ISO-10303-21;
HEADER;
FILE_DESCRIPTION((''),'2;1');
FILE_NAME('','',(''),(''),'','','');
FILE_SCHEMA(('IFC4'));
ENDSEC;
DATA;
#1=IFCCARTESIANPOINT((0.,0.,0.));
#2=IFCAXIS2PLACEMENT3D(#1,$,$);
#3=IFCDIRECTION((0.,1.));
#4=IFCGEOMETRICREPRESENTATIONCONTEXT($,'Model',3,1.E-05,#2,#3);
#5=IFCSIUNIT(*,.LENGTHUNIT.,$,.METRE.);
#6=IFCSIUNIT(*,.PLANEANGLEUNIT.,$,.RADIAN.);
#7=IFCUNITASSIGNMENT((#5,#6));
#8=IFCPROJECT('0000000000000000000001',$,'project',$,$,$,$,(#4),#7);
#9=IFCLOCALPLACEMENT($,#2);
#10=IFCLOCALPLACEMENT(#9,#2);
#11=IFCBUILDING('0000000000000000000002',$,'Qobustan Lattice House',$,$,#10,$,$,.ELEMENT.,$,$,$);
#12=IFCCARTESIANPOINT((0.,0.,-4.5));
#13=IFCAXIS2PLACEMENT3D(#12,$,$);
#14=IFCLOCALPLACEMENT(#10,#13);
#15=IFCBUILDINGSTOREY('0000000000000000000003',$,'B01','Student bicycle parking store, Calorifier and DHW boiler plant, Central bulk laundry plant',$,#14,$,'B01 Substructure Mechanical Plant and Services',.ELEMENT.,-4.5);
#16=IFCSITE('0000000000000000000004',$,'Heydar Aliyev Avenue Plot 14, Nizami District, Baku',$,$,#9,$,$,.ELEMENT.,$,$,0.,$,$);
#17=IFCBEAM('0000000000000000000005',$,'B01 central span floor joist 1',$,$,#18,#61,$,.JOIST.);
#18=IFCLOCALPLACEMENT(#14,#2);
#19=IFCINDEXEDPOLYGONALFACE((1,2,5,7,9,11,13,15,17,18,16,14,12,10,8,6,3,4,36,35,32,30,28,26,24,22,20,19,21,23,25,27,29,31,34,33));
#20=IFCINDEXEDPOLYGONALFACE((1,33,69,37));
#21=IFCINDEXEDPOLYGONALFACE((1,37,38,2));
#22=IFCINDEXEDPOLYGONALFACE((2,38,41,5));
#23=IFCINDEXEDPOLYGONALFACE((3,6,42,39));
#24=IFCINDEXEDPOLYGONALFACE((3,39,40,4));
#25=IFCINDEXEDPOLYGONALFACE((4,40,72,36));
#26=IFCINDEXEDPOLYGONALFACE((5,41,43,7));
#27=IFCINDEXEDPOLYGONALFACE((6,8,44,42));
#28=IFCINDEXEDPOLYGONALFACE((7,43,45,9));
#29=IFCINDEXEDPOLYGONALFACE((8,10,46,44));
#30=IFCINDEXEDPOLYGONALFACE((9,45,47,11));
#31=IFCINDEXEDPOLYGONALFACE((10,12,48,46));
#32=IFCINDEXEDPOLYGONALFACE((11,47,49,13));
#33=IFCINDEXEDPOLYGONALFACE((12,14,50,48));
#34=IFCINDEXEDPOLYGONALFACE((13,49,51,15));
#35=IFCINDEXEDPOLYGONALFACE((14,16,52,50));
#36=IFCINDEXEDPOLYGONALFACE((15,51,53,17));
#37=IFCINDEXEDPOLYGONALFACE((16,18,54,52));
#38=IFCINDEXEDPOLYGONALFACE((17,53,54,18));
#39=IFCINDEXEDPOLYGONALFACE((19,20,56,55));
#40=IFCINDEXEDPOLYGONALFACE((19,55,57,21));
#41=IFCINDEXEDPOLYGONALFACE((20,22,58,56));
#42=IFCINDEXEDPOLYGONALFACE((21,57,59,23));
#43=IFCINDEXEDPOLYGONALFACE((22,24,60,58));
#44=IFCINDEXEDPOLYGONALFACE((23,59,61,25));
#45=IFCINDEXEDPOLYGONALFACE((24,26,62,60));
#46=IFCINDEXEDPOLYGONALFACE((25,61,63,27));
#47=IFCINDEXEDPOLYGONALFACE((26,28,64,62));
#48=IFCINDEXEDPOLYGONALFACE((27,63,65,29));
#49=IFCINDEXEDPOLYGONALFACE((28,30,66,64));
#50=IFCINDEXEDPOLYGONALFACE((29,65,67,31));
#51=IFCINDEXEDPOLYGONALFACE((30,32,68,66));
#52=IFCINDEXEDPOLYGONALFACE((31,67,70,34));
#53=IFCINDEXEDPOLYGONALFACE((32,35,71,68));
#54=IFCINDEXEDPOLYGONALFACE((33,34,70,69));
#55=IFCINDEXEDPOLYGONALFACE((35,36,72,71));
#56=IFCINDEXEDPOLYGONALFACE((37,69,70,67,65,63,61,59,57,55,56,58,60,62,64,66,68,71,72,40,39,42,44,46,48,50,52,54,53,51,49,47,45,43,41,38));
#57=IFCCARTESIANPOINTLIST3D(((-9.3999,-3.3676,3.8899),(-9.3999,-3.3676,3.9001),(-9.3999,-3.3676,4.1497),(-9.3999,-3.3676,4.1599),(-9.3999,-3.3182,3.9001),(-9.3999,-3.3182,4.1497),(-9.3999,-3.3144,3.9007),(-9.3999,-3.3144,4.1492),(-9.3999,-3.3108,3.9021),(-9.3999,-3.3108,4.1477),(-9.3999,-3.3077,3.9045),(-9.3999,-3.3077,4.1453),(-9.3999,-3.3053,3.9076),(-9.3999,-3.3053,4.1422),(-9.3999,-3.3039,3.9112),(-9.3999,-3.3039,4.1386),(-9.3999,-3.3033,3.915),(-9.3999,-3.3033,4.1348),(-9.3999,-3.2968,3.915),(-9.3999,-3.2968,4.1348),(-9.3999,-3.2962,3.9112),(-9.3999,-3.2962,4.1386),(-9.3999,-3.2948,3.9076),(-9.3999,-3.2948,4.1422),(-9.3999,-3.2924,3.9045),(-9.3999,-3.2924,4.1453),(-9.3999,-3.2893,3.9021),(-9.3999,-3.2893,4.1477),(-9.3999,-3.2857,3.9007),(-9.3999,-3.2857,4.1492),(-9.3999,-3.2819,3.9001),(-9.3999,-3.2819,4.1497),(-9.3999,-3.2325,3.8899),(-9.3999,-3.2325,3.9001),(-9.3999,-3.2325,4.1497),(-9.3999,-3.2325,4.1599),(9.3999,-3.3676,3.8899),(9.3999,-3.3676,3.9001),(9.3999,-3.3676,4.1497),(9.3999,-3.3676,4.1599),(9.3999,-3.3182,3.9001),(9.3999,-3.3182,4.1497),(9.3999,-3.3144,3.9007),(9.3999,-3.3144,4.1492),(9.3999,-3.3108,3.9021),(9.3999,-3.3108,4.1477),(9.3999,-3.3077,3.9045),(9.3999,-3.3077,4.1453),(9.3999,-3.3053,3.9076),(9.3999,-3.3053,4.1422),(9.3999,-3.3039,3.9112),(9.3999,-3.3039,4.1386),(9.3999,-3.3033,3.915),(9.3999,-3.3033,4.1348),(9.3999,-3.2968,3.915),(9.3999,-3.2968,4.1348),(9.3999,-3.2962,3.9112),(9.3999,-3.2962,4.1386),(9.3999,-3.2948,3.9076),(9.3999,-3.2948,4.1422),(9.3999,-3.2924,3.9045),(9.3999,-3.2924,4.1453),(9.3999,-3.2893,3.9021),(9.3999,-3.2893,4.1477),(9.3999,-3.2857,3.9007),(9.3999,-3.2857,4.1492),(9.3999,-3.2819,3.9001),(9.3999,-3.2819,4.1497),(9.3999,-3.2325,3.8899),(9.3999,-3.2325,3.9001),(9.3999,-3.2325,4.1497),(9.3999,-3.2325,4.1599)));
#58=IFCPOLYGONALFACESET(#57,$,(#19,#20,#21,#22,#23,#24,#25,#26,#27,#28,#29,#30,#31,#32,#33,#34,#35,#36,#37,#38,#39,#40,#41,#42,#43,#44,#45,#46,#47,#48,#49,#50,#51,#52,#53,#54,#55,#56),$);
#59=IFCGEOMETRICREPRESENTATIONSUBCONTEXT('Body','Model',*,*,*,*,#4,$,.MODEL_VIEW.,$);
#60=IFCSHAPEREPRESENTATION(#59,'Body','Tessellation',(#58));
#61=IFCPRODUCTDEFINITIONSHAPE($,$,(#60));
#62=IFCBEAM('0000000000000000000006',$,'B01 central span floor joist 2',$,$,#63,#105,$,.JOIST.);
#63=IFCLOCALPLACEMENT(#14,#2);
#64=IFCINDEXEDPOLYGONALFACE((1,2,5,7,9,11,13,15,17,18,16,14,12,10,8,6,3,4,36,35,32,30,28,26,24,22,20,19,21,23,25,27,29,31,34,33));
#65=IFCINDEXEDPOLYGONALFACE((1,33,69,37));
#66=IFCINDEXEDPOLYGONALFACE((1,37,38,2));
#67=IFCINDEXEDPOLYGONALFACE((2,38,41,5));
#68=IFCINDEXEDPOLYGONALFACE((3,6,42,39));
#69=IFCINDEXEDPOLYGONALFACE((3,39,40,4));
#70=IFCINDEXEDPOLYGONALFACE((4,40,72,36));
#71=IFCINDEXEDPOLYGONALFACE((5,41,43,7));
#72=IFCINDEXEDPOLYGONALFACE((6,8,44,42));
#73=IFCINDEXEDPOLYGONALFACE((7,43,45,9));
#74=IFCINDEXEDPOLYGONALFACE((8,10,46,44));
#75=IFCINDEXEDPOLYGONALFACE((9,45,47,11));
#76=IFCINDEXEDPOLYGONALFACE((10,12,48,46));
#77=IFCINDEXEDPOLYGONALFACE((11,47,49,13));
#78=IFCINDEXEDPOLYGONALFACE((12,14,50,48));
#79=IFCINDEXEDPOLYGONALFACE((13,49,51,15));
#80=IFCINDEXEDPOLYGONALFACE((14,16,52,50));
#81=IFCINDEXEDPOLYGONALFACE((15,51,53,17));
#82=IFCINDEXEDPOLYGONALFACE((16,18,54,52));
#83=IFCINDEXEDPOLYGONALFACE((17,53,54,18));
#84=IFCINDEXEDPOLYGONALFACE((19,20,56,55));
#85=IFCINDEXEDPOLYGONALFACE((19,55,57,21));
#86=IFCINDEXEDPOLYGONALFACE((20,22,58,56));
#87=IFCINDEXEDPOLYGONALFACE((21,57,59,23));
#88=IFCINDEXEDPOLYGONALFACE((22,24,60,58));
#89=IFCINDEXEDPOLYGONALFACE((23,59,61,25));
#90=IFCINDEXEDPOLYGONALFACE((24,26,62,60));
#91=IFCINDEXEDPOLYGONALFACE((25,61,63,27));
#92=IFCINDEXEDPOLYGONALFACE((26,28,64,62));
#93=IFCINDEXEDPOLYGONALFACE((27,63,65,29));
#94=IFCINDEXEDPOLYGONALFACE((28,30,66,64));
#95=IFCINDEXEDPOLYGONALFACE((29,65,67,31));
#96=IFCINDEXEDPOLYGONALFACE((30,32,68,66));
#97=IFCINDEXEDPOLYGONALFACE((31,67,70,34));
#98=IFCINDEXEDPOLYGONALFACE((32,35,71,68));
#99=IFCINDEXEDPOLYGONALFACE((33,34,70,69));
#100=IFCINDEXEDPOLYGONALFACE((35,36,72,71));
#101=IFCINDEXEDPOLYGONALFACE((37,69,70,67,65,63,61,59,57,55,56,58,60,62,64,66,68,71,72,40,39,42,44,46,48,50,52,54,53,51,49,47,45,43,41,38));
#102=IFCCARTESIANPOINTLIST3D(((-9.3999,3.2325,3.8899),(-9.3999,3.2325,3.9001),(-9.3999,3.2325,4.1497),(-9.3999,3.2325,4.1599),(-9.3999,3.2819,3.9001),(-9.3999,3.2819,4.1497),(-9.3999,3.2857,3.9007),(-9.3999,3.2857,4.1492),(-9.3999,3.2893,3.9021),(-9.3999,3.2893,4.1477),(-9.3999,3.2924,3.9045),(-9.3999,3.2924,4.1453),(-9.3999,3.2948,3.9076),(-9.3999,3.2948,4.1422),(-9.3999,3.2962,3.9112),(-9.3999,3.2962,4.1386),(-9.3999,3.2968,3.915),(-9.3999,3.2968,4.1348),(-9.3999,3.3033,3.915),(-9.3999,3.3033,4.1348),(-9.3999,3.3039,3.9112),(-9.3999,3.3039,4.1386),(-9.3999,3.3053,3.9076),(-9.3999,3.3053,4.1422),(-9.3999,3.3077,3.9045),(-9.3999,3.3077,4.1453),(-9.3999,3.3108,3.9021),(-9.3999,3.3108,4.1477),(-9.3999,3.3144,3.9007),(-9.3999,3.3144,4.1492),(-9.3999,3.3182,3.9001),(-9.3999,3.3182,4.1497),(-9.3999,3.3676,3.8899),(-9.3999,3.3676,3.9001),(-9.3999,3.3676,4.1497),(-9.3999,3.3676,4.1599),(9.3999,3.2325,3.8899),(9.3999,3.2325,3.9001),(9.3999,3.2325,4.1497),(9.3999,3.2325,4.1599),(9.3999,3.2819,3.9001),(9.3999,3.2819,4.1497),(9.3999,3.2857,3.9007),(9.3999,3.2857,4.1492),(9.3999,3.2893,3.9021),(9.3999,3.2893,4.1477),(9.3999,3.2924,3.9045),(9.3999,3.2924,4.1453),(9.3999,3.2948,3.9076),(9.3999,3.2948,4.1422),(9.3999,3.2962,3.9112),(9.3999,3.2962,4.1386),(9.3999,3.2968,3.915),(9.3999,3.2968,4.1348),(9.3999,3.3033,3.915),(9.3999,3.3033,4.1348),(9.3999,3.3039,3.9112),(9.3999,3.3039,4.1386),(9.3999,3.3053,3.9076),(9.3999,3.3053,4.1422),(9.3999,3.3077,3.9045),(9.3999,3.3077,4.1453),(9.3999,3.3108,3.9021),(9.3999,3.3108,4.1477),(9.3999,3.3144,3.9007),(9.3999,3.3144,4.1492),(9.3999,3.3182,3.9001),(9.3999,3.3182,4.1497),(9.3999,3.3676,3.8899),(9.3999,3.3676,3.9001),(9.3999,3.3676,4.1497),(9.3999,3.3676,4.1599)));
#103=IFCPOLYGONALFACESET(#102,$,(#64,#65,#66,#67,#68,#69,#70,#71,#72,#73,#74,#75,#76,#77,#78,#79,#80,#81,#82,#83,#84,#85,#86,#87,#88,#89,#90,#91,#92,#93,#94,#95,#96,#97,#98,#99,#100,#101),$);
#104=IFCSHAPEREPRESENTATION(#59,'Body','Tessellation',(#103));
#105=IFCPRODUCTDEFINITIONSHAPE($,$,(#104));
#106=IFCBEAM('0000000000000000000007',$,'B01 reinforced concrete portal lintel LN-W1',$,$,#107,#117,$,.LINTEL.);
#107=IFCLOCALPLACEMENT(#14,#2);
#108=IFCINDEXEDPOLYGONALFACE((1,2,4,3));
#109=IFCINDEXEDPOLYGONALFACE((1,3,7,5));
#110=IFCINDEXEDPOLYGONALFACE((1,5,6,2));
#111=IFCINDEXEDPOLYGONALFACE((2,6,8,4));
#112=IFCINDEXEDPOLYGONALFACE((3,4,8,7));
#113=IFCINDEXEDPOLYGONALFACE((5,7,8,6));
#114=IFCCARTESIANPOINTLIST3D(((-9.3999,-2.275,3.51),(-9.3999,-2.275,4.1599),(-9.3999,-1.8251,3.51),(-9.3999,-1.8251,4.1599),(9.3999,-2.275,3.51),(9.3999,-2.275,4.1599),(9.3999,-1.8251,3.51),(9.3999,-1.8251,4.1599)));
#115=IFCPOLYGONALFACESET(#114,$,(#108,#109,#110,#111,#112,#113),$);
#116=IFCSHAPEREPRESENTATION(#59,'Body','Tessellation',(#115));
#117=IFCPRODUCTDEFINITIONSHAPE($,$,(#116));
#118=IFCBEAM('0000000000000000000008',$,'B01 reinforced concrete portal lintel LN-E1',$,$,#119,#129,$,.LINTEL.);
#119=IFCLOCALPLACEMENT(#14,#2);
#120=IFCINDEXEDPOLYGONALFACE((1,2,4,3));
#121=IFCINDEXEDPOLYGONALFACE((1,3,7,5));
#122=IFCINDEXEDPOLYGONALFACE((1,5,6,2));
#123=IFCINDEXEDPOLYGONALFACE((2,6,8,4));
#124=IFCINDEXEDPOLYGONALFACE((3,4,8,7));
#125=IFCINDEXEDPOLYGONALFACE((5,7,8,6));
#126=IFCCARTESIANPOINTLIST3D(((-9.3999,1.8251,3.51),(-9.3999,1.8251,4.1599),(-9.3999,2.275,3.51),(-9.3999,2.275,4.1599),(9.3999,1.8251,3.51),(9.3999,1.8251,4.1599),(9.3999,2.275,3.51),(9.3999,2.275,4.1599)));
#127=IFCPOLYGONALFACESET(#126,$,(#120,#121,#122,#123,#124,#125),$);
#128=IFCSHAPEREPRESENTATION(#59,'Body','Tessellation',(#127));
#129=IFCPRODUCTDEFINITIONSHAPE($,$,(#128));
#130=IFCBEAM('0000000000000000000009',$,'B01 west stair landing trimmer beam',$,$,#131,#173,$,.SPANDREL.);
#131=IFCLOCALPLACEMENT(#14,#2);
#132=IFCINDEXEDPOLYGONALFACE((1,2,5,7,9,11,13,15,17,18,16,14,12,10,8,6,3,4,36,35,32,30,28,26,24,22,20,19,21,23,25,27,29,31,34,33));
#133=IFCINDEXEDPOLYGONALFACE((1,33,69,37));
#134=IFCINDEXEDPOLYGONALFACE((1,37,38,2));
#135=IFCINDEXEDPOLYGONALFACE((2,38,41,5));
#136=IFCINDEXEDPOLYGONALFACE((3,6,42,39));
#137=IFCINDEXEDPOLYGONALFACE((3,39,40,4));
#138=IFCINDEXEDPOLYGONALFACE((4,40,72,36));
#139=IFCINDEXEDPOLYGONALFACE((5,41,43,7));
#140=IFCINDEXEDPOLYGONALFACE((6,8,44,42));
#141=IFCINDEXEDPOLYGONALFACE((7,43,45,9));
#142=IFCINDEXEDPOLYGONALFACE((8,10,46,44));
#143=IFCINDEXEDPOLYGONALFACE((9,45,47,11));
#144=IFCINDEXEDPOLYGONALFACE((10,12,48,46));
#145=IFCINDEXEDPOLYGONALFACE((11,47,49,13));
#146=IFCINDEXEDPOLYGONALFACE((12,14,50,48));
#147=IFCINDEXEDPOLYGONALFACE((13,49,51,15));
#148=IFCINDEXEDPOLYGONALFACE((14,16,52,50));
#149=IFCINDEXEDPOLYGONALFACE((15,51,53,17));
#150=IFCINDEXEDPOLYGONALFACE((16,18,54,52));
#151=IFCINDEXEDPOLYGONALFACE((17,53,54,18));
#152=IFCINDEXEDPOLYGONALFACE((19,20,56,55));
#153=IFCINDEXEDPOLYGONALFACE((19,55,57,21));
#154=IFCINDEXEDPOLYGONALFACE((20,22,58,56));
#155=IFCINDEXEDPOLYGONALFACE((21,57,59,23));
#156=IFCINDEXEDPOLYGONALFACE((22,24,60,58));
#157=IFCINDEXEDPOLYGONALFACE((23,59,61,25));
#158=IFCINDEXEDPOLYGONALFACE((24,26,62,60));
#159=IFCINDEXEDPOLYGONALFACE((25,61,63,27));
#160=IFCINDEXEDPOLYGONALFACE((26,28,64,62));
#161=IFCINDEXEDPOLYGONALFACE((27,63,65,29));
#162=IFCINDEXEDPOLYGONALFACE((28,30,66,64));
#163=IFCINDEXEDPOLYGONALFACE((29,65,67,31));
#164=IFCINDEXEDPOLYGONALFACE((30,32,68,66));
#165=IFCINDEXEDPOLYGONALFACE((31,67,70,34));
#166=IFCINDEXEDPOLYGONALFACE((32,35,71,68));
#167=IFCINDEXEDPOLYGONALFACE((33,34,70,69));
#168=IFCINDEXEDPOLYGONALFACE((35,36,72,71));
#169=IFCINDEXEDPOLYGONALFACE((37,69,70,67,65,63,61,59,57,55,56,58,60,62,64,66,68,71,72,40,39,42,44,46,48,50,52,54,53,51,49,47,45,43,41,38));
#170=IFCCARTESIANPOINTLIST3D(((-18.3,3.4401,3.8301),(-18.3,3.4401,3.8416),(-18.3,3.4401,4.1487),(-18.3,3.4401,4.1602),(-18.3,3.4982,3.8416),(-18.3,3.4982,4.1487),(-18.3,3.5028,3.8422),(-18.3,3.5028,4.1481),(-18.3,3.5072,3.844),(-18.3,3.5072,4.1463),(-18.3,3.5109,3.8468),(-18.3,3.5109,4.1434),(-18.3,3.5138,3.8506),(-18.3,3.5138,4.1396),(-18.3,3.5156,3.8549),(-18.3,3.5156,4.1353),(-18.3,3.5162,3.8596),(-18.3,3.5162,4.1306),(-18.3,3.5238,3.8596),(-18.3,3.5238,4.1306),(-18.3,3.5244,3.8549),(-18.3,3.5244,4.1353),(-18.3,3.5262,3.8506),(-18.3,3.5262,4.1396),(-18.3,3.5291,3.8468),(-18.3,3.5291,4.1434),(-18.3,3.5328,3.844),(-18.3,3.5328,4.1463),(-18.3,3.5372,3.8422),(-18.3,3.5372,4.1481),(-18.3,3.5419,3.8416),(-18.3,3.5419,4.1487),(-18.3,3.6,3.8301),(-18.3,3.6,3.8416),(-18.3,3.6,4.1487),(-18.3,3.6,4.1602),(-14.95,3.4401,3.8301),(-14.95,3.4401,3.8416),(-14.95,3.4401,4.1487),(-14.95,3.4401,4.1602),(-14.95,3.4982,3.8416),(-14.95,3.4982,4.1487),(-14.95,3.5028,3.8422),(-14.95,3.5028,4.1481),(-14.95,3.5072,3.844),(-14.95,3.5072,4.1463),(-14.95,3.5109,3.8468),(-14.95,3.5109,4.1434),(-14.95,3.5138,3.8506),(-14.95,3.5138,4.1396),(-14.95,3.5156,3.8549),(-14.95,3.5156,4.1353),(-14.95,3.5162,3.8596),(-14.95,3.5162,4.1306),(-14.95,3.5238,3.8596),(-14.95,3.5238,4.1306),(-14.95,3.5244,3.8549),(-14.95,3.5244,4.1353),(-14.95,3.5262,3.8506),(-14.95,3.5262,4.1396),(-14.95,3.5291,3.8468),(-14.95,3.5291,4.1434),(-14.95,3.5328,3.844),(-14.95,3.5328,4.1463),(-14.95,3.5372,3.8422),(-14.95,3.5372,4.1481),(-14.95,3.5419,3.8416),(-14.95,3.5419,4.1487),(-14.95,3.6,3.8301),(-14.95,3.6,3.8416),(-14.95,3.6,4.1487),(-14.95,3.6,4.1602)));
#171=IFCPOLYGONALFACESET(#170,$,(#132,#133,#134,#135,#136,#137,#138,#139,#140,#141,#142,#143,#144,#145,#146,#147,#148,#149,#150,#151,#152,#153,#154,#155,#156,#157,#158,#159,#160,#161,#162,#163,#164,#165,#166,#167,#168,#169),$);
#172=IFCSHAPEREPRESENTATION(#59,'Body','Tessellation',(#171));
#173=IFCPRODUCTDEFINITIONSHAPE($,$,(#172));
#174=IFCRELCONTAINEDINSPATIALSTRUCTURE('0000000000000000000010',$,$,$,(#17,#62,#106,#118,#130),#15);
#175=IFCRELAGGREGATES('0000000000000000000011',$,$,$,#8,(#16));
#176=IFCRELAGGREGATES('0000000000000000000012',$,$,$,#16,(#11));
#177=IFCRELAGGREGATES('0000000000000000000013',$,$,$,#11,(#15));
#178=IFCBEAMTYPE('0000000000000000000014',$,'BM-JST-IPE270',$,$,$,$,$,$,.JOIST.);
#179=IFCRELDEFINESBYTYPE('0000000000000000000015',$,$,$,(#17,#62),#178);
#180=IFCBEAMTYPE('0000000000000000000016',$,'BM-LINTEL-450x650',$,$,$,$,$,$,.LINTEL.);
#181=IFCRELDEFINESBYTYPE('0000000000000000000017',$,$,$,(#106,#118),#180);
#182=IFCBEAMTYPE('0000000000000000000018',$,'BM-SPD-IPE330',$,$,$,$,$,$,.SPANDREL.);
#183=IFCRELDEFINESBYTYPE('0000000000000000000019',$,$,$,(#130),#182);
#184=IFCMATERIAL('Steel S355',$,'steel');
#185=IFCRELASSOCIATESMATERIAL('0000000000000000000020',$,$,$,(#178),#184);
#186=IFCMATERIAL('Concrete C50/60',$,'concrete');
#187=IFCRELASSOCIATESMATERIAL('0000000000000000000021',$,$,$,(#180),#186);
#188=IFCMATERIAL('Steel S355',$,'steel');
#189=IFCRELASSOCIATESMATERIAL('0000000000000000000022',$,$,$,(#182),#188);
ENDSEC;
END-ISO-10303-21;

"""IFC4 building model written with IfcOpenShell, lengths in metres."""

from ifc_helpers import new_model, si_unit, direction, frame, origin, origin_2d, place, context, subcontext, project, spatial, rectangle, i_section, extrude, material, material_profile, profile_set, type_object, element, save


model = new_model("IFC4")

# Units and contexts
model_context = context("Model", 3, precision=1e-05, world=origin(), true_north=direction((0.0, 1.0)))
body_context = subcontext(model_context, "Body", "Model", "MODEL_VIEW")
ifc_project = project(units=[si_unit("LENGTHUNIT", "METRE"), si_unit("PLANEANGLEUNIT", "RADIAN")], contexts=[model_context])

# Site, building, storey
site_placement = place(None, origin())
site = spatial("IfcSite", under=ifc_project, at=site_placement, Name="Heydar Aliyev Avenue Plot 14, Nizami District, Baku", CompositionType="ELEMENT", RefElevation=0.0)
building_placement = place(site_placement, origin())
building = spatial("IfcBuilding", under=site, at=building_placement, Name="Qobustan Lattice House", CompositionType="ELEMENT")
storey_placement = place(building_placement, frame((0.0, 0.0, -4.5)))
storey = spatial("IfcBuildingStorey", under=building, at=storey_placement, Name="B01", Description="Student bicycle parking store, Calorifier and DHW boiler plant, Central bulk laundry plant", LongName="B01 Substructure Mechanical Plant and Services", CompositionType="ELEMENT", Elevation=-4.5)

# Beams
ifc_material_1 = material(Name="Steel S355", Category="steel")
ifc_material_profile_1 = material_profile(ifc_material_1, i_section(OverallWidth=0.135, OverallDepth=0.27, WebThickness=0.0066, FlangeThickness=0.0103, FilletRadius=0.0149, at=origin_2d()), Name="IPE270")
ifc_profile_set_1 = profile_set([ifc_material_profile_1], Name="Steel S355")
beam_type_1 = type_object("IfcBeamType", Name="BM-JST-IPE270", PredefinedType="JOIST", material=ifc_profile_set_1)
for number, where, z_axis, x_axis, name in (
    (1, (-9.3999, -3.3, 4.0249), (1.0, 0.0, 0.0), (0.0, 1.0, 0.0), "B01 central span floor joist 1"),
    (2, (-9.3999, 3.3, 4.0249), (1.0, 0.0, 0.0), (0.0, 1.0, 0.0), "B01 central span floor joist 2"),
):
    element("IfcBeam", number, at=place(storey_placement, frame(where, z_axis=z_axis, x_axis=x_axis)), inside=storey, type_object=beam_type_1, Name=name, PredefinedType="JOIST", context=body_context, shape_type="SweptSolid", body=[
        extrude(i_section(OverallWidth=0.135, OverallDepth=0.27, WebThickness=0.0066, FlangeThickness=0.0103, FilletRadius=0.0149, at=origin_2d()), origin(), (0.0, 0.0, 1.0), 18.7998),
    ])
ifc_material_2 = material(Name="Concrete C50/60", Category="concrete")
ifc_material_profile_2 = material_profile(ifc_material_2, rectangle(XDim=0.45, YDim=0.6499, at=origin_2d()), Name="RC450x650")
ifc_profile_set_2 = profile_set([ifc_material_profile_2], Name="Concrete C50/60")
beam_type_2 = type_object("IfcBeamType", Name="BM-LINTEL-450x650", PredefinedType="LINTEL", material=ifc_profile_set_2)
for number, where, z_axis, x_axis, name in (
    (3, (-9.3999, -2.05, 3.835), (1.0, 0.0, 0.0), (0.0, 1.0, 0.0), "B01 reinforced concrete portal lintel LN-W1"),
    (4, (-9.3999, 2.05, 3.835), (1.0, 0.0, 0.0), (0.0, 1.0, 0.0), "B01 reinforced concrete portal lintel LN-E1"),
):
    element("IfcBeam", number, at=place(storey_placement, frame(where, z_axis=z_axis, x_axis=x_axis)), inside=storey, type_object=beam_type_2, Name=name, PredefinedType="LINTEL", context=body_context, shape_type="SweptSolid", body=[
        extrude(rectangle(XDim=0.45, YDim=0.6499, at=origin_2d()), origin(), (0.0, 0.0, 1.0), 18.7998),
    ])
ifc_material_3 = material(Name="Steel S355", Category="steel")
ifc_material_profile_3 = material_profile(ifc_material_3, i_section(OverallWidth=0.1599, OverallDepth=0.3301, WebThickness=0.0076, FlangeThickness=0.0115, FilletRadius=0.0181, at=origin_2d()), Name="IPE330")
ifc_profile_set_3 = profile_set([ifc_material_profile_3], Name="Steel S355")
beam_type_3 = type_object("IfcBeamType", Name="BM-SPD-IPE330", PredefinedType="SPANDREL", material=ifc_profile_set_3)
beam_placement = place(storey_placement, frame((-18.3, 3.52, 3.9951), z_axis=(1.0, 0.0, 0.0), x_axis=(0.0, 1.0, 0.0)))
element("IfcBeam", 5, at=beam_placement, inside=storey, type_object=beam_type_3, Name="B01 west stair landing trimmer beam", PredefinedType="SPANDREL", context=body_context, shape_type="SweptSolid", body=[
    extrude(i_section(OverallWidth=0.1599, OverallDepth=0.3301, WebThickness=0.0076, FlangeThickness=0.0115, FilletRadius=0.0181, at=origin_2d()), origin(), (0.0, 0.0, 1.0), 3.3501),
])

save(model, "model.ifc")
